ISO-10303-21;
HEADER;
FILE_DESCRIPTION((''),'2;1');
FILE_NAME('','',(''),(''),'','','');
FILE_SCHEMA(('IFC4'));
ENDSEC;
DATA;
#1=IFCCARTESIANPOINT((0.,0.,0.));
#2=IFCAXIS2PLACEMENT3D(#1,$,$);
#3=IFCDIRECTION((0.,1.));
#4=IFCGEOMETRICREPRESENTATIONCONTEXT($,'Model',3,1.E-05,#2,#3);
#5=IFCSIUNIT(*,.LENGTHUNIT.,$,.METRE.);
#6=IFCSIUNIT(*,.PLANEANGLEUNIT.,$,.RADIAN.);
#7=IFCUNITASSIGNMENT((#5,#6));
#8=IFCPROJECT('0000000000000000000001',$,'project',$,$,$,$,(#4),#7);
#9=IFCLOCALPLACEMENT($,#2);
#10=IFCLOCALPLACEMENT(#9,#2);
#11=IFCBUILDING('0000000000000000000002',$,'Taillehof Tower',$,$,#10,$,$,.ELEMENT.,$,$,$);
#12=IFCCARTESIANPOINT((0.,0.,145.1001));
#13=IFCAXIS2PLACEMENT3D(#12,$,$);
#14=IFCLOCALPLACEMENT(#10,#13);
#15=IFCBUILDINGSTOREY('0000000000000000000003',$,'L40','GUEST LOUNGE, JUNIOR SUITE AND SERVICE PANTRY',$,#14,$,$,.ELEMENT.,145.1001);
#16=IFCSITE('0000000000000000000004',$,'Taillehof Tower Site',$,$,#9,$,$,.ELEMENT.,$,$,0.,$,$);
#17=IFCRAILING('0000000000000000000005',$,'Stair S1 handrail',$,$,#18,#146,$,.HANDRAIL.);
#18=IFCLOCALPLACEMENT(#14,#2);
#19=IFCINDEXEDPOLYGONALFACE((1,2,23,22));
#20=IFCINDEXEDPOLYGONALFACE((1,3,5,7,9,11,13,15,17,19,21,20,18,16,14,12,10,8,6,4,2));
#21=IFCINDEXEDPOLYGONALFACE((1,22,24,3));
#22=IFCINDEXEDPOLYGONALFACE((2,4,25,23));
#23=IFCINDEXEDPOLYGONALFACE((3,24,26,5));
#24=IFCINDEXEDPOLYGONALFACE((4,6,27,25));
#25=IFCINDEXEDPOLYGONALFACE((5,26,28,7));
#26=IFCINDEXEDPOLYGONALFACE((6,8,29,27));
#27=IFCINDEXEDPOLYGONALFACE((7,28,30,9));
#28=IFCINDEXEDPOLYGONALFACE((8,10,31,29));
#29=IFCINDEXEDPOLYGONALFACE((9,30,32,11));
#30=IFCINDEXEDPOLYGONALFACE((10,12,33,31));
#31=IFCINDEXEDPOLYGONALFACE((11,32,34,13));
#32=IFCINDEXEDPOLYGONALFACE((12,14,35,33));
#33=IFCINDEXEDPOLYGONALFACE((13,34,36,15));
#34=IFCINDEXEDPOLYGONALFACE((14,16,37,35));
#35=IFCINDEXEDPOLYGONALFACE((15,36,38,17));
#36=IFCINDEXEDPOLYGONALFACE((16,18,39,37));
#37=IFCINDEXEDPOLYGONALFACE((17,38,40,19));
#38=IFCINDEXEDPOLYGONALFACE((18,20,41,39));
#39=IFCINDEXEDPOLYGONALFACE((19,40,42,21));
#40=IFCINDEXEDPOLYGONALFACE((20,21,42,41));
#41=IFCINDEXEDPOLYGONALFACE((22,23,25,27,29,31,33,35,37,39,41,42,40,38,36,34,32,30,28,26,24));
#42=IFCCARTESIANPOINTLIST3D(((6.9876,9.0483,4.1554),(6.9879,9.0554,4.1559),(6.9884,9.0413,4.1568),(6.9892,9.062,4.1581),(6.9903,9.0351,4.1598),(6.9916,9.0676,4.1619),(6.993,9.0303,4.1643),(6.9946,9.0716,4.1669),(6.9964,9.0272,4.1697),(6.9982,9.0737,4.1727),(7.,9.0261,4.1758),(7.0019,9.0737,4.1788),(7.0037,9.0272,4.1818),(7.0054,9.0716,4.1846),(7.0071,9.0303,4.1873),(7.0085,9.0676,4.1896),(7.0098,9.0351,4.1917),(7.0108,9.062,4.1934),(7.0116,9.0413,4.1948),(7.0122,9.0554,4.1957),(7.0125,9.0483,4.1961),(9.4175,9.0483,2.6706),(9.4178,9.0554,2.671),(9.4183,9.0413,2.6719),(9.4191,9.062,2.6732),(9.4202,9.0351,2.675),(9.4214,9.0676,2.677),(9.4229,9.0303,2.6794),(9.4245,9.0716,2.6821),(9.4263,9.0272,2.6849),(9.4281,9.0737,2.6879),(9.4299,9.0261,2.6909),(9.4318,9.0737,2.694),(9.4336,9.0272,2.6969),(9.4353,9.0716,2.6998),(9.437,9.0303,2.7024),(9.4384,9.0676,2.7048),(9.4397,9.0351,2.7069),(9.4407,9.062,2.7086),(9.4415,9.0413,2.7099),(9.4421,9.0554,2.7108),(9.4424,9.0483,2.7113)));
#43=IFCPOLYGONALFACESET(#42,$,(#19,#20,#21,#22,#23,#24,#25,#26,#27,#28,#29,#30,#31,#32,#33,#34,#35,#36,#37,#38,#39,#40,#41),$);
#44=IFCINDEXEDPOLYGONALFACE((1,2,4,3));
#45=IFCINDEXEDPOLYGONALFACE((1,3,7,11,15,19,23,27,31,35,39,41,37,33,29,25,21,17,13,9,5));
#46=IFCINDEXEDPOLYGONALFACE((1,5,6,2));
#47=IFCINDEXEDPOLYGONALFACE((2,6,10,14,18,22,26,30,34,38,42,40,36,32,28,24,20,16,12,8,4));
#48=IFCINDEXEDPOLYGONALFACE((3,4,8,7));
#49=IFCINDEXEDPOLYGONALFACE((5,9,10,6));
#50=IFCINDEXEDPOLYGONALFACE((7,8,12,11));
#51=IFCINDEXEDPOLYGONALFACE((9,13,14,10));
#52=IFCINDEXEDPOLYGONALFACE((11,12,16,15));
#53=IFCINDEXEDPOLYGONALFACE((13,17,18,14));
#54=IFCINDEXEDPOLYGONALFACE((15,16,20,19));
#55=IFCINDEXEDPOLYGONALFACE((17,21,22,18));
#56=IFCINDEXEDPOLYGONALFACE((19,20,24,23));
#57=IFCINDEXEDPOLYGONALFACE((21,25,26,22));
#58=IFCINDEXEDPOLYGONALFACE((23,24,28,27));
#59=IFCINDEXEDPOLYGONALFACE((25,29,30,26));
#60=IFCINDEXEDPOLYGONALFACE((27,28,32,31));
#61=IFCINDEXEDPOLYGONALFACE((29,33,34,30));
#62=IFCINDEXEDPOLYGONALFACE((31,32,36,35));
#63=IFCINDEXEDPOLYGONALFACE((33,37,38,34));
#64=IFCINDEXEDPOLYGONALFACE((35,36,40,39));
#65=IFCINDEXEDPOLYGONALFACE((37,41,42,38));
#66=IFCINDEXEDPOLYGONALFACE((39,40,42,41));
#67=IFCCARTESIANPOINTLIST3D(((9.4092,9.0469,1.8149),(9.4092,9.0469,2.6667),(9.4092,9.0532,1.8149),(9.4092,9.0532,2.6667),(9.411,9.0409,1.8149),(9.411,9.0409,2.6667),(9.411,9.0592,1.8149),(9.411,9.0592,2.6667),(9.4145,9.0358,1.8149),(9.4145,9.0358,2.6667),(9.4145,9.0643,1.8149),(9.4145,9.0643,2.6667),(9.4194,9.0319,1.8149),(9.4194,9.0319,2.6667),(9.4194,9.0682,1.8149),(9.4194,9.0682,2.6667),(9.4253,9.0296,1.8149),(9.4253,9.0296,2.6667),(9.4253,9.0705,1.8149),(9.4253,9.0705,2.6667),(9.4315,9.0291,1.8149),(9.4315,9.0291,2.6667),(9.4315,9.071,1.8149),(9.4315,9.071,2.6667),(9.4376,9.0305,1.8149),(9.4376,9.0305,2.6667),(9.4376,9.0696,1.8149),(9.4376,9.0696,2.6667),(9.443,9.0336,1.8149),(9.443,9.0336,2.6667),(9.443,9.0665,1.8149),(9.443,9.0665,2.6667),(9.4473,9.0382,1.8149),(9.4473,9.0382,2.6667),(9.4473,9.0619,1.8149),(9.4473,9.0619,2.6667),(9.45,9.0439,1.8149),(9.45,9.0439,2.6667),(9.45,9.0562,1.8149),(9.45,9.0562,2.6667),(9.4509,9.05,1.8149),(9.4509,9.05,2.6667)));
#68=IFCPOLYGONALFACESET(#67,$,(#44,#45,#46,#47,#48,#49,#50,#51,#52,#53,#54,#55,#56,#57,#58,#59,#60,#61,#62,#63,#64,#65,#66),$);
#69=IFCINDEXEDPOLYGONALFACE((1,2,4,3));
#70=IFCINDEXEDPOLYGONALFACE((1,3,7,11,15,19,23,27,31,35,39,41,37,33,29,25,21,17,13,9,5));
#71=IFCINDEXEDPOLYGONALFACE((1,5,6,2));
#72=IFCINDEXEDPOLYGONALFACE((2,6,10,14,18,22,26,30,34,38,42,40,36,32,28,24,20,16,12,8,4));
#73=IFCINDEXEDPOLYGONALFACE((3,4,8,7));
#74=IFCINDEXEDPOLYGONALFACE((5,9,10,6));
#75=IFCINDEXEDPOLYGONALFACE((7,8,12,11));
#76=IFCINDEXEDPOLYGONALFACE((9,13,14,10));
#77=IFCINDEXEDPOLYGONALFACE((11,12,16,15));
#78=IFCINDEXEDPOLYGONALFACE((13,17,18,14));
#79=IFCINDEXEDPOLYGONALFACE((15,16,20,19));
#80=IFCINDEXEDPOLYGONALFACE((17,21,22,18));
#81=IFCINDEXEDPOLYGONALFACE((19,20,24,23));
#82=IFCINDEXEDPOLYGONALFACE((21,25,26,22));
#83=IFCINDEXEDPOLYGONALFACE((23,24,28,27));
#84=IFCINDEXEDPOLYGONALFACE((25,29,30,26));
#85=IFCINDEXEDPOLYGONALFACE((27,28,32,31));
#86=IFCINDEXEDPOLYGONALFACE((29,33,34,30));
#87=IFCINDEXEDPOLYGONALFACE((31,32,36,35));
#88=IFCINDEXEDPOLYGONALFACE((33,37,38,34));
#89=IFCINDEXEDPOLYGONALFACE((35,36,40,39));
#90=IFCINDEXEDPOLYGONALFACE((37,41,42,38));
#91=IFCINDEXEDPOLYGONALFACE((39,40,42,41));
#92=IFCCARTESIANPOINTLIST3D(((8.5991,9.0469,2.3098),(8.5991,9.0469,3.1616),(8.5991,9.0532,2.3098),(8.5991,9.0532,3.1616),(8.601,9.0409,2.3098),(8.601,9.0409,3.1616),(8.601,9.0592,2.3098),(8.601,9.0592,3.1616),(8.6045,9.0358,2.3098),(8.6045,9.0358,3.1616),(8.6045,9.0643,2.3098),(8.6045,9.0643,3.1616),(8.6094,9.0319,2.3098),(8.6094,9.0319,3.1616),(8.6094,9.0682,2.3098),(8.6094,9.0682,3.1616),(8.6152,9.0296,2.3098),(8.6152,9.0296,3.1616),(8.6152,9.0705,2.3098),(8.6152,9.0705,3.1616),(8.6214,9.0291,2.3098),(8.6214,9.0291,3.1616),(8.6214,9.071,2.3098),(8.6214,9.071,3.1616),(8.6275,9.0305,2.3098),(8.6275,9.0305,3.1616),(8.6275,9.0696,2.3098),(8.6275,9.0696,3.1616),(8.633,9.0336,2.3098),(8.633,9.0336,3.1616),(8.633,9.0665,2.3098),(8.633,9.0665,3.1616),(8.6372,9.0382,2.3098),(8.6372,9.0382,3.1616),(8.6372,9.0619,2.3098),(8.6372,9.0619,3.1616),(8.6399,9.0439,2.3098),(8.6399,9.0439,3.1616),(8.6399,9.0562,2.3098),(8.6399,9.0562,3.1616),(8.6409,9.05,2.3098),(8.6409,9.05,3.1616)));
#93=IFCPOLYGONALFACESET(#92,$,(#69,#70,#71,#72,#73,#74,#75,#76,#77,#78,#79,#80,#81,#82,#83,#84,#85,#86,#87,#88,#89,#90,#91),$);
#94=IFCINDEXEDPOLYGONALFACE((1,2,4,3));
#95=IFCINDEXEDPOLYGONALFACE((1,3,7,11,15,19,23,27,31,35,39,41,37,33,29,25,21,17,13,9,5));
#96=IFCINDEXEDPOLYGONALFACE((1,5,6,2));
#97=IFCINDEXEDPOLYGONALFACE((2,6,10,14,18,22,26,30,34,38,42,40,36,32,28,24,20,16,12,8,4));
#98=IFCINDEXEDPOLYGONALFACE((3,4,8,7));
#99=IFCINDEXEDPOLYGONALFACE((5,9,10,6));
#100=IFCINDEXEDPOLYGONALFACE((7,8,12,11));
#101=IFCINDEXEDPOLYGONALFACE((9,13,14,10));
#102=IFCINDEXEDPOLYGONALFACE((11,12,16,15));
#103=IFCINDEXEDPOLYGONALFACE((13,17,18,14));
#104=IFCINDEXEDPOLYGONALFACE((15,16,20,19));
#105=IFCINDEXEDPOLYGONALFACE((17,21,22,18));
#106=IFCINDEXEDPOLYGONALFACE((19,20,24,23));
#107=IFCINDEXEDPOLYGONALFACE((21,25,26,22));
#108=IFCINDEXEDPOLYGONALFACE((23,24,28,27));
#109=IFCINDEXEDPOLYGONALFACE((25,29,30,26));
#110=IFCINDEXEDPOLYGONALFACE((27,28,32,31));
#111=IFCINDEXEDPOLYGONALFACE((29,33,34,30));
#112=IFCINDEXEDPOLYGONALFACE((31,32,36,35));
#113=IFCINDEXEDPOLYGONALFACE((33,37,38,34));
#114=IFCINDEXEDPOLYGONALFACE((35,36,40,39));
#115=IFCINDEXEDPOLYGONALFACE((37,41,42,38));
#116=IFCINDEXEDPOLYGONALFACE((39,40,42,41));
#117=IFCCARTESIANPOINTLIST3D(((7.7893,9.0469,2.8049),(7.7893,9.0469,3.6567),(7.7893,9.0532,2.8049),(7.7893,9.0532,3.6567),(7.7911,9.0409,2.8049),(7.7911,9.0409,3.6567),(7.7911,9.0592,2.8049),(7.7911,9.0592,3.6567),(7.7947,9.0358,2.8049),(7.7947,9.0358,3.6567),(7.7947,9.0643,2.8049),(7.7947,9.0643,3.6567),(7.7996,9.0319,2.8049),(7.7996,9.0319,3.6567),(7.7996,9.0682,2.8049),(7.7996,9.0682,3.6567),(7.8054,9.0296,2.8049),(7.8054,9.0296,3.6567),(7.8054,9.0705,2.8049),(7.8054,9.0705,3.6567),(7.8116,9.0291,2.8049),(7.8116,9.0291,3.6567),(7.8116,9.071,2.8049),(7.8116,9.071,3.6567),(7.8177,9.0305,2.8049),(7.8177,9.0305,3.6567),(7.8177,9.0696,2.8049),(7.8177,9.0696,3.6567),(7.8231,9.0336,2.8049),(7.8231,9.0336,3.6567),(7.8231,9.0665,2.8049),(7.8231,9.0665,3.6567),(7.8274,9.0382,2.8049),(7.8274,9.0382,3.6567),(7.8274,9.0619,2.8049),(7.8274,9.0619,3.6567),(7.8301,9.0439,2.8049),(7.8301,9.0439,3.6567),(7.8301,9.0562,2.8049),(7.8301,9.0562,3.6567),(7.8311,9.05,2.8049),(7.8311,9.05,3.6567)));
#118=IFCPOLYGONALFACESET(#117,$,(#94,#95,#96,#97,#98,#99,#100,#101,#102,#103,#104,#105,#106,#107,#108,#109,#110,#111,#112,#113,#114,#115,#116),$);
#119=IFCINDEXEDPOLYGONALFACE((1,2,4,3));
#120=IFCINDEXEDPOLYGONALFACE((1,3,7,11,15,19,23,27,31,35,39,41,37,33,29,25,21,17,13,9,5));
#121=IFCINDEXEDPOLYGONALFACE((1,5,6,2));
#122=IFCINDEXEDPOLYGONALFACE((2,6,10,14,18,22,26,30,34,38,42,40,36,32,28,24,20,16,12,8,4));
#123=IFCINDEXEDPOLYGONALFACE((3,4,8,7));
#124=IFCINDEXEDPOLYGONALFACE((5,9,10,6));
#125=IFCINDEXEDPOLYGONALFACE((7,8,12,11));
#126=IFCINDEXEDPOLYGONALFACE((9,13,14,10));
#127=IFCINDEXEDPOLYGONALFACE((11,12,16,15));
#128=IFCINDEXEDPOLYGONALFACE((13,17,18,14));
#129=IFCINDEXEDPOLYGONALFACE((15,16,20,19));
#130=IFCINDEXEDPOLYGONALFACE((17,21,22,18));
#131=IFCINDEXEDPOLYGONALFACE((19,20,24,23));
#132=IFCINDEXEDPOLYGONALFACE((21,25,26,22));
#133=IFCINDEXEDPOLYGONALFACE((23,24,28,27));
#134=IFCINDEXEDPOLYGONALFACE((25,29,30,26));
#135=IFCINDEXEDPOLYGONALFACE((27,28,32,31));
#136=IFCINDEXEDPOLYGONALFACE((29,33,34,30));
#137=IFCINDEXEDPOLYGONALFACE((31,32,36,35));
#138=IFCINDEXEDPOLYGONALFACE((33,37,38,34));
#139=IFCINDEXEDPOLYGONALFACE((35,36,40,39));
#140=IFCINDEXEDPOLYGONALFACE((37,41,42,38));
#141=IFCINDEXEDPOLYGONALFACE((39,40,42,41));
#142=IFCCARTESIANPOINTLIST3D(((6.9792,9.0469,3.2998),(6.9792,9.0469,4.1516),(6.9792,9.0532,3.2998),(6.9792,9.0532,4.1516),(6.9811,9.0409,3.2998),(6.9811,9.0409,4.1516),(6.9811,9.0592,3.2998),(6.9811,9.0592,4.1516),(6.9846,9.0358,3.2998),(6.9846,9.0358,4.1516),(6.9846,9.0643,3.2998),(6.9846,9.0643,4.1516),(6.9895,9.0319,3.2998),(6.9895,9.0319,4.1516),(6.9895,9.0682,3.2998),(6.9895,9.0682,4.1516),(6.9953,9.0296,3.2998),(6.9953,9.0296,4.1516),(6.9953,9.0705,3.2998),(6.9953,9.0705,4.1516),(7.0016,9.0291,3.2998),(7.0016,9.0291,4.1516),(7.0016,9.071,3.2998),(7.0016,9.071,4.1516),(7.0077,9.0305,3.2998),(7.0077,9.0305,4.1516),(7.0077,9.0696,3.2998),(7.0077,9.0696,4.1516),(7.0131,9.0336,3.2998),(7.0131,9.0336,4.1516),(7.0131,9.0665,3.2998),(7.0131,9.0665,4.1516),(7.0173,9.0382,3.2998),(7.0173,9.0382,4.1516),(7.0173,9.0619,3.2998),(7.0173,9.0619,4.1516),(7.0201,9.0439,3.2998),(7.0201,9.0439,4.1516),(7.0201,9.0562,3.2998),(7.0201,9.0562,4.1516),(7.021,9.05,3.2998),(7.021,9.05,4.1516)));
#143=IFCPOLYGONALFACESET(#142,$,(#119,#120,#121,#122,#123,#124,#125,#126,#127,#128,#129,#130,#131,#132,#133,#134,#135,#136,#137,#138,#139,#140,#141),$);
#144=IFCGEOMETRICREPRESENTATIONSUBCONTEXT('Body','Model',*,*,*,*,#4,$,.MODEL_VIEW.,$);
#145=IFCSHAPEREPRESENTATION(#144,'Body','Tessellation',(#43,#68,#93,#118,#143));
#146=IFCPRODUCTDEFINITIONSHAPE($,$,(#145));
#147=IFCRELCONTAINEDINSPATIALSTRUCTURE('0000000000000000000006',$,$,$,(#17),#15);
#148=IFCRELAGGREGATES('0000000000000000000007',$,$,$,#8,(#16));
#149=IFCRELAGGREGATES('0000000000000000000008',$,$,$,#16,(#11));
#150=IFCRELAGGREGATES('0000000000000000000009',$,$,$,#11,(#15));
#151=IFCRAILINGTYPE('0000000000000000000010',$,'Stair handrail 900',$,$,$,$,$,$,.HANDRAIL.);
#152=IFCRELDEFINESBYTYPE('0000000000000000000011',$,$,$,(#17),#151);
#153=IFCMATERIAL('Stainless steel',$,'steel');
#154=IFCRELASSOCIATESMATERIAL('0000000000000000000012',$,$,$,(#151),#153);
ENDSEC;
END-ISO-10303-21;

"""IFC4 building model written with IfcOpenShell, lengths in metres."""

from ifc_helpers import new_model, si_unit, direction, frame, origin, origin_2d, place, context, subcontext, project, spatial, circle, extrude, material, type_object, element, save


model = new_model("IFC4")

# Units and contexts
model_context = context("Model", 3, precision=1e-05, world=origin(), true_north=direction((0.0, 1.0)))
body_context = subcontext(model_context, "Body", "Model", "MODEL_VIEW")
ifc_project = project(units=[si_unit("LENGTHUNIT", "METRE"), si_unit("PLANEANGLEUNIT", "RADIAN")], contexts=[model_context])

# Site, building, storey
site_placement = place(None, origin())
site = spatial("IfcSite", under=ifc_project, at=site_placement, Name="Taillehof Tower Site", CompositionType="ELEMENT", RefElevation=0.0)
building_placement = place(site_placement, origin())
building = spatial("IfcBuilding", under=site, at=building_placement, Name="Taillehof Tower", CompositionType="ELEMENT")
storey_placement = place(building_placement, frame((0.0, 0.0, 145.1001)))
storey = spatial("IfcBuildingStorey", under=building, at=storey_placement, Name="L40", Description="GUEST LOUNGE, JUNIOR SUITE AND SERVICE PANTRY", CompositionType="ELEMENT", Elevation=145.1001)

# Railing
ifc_material_1 = material(Name="Stainless steel", Category="steel")
railing_type = type_object("IfcRailingType", Name="Stair handrail 900", PredefinedType="HANDRAIL", material=ifc_material_1)
railing_1_placement = place(storey_placement, frame((9.4299, 9.05, 1.8149)))
element("IfcRailing", 1, at=railing_1_placement, inside=storey, type_object=railing_type, Name="Stair S1 handrail", PredefinedType="HANDRAIL", context=body_context, shape_type="SweptSolid", body=[
    extrude(circle(Radius=0.0239, at=origin_2d()), frame((0.0, 0.0, 0.876), z_axis=(-0.853297, 0.0, 0.521426), x_axis=(0.0, -1.0, 0.0)), (0.0, 0.0, 1.0), 2.8477),
    extrude(circle(Radius=0.021, at=origin_2d()), origin(), (0.0, 0.0, 1.0), 0.8518),
    extrude(circle(Radius=0.021, at=origin_2d()), frame((-0.8101, 0.0, 0.4949)), (0.0, 0.0, 1.0), 0.8518),
    extrude(circle(Radius=0.021, at=origin_2d()), frame((-1.6199, 0.0, 0.99)), (0.0, 0.0, 1.0), 0.8518),
    extrude(circle(Radius=0.021, at=origin_2d()), frame((-2.4299, 0.0, 1.4849)), (0.0, 0.0, 1.0), 0.8518),
])

save(model, "model.ifc")
